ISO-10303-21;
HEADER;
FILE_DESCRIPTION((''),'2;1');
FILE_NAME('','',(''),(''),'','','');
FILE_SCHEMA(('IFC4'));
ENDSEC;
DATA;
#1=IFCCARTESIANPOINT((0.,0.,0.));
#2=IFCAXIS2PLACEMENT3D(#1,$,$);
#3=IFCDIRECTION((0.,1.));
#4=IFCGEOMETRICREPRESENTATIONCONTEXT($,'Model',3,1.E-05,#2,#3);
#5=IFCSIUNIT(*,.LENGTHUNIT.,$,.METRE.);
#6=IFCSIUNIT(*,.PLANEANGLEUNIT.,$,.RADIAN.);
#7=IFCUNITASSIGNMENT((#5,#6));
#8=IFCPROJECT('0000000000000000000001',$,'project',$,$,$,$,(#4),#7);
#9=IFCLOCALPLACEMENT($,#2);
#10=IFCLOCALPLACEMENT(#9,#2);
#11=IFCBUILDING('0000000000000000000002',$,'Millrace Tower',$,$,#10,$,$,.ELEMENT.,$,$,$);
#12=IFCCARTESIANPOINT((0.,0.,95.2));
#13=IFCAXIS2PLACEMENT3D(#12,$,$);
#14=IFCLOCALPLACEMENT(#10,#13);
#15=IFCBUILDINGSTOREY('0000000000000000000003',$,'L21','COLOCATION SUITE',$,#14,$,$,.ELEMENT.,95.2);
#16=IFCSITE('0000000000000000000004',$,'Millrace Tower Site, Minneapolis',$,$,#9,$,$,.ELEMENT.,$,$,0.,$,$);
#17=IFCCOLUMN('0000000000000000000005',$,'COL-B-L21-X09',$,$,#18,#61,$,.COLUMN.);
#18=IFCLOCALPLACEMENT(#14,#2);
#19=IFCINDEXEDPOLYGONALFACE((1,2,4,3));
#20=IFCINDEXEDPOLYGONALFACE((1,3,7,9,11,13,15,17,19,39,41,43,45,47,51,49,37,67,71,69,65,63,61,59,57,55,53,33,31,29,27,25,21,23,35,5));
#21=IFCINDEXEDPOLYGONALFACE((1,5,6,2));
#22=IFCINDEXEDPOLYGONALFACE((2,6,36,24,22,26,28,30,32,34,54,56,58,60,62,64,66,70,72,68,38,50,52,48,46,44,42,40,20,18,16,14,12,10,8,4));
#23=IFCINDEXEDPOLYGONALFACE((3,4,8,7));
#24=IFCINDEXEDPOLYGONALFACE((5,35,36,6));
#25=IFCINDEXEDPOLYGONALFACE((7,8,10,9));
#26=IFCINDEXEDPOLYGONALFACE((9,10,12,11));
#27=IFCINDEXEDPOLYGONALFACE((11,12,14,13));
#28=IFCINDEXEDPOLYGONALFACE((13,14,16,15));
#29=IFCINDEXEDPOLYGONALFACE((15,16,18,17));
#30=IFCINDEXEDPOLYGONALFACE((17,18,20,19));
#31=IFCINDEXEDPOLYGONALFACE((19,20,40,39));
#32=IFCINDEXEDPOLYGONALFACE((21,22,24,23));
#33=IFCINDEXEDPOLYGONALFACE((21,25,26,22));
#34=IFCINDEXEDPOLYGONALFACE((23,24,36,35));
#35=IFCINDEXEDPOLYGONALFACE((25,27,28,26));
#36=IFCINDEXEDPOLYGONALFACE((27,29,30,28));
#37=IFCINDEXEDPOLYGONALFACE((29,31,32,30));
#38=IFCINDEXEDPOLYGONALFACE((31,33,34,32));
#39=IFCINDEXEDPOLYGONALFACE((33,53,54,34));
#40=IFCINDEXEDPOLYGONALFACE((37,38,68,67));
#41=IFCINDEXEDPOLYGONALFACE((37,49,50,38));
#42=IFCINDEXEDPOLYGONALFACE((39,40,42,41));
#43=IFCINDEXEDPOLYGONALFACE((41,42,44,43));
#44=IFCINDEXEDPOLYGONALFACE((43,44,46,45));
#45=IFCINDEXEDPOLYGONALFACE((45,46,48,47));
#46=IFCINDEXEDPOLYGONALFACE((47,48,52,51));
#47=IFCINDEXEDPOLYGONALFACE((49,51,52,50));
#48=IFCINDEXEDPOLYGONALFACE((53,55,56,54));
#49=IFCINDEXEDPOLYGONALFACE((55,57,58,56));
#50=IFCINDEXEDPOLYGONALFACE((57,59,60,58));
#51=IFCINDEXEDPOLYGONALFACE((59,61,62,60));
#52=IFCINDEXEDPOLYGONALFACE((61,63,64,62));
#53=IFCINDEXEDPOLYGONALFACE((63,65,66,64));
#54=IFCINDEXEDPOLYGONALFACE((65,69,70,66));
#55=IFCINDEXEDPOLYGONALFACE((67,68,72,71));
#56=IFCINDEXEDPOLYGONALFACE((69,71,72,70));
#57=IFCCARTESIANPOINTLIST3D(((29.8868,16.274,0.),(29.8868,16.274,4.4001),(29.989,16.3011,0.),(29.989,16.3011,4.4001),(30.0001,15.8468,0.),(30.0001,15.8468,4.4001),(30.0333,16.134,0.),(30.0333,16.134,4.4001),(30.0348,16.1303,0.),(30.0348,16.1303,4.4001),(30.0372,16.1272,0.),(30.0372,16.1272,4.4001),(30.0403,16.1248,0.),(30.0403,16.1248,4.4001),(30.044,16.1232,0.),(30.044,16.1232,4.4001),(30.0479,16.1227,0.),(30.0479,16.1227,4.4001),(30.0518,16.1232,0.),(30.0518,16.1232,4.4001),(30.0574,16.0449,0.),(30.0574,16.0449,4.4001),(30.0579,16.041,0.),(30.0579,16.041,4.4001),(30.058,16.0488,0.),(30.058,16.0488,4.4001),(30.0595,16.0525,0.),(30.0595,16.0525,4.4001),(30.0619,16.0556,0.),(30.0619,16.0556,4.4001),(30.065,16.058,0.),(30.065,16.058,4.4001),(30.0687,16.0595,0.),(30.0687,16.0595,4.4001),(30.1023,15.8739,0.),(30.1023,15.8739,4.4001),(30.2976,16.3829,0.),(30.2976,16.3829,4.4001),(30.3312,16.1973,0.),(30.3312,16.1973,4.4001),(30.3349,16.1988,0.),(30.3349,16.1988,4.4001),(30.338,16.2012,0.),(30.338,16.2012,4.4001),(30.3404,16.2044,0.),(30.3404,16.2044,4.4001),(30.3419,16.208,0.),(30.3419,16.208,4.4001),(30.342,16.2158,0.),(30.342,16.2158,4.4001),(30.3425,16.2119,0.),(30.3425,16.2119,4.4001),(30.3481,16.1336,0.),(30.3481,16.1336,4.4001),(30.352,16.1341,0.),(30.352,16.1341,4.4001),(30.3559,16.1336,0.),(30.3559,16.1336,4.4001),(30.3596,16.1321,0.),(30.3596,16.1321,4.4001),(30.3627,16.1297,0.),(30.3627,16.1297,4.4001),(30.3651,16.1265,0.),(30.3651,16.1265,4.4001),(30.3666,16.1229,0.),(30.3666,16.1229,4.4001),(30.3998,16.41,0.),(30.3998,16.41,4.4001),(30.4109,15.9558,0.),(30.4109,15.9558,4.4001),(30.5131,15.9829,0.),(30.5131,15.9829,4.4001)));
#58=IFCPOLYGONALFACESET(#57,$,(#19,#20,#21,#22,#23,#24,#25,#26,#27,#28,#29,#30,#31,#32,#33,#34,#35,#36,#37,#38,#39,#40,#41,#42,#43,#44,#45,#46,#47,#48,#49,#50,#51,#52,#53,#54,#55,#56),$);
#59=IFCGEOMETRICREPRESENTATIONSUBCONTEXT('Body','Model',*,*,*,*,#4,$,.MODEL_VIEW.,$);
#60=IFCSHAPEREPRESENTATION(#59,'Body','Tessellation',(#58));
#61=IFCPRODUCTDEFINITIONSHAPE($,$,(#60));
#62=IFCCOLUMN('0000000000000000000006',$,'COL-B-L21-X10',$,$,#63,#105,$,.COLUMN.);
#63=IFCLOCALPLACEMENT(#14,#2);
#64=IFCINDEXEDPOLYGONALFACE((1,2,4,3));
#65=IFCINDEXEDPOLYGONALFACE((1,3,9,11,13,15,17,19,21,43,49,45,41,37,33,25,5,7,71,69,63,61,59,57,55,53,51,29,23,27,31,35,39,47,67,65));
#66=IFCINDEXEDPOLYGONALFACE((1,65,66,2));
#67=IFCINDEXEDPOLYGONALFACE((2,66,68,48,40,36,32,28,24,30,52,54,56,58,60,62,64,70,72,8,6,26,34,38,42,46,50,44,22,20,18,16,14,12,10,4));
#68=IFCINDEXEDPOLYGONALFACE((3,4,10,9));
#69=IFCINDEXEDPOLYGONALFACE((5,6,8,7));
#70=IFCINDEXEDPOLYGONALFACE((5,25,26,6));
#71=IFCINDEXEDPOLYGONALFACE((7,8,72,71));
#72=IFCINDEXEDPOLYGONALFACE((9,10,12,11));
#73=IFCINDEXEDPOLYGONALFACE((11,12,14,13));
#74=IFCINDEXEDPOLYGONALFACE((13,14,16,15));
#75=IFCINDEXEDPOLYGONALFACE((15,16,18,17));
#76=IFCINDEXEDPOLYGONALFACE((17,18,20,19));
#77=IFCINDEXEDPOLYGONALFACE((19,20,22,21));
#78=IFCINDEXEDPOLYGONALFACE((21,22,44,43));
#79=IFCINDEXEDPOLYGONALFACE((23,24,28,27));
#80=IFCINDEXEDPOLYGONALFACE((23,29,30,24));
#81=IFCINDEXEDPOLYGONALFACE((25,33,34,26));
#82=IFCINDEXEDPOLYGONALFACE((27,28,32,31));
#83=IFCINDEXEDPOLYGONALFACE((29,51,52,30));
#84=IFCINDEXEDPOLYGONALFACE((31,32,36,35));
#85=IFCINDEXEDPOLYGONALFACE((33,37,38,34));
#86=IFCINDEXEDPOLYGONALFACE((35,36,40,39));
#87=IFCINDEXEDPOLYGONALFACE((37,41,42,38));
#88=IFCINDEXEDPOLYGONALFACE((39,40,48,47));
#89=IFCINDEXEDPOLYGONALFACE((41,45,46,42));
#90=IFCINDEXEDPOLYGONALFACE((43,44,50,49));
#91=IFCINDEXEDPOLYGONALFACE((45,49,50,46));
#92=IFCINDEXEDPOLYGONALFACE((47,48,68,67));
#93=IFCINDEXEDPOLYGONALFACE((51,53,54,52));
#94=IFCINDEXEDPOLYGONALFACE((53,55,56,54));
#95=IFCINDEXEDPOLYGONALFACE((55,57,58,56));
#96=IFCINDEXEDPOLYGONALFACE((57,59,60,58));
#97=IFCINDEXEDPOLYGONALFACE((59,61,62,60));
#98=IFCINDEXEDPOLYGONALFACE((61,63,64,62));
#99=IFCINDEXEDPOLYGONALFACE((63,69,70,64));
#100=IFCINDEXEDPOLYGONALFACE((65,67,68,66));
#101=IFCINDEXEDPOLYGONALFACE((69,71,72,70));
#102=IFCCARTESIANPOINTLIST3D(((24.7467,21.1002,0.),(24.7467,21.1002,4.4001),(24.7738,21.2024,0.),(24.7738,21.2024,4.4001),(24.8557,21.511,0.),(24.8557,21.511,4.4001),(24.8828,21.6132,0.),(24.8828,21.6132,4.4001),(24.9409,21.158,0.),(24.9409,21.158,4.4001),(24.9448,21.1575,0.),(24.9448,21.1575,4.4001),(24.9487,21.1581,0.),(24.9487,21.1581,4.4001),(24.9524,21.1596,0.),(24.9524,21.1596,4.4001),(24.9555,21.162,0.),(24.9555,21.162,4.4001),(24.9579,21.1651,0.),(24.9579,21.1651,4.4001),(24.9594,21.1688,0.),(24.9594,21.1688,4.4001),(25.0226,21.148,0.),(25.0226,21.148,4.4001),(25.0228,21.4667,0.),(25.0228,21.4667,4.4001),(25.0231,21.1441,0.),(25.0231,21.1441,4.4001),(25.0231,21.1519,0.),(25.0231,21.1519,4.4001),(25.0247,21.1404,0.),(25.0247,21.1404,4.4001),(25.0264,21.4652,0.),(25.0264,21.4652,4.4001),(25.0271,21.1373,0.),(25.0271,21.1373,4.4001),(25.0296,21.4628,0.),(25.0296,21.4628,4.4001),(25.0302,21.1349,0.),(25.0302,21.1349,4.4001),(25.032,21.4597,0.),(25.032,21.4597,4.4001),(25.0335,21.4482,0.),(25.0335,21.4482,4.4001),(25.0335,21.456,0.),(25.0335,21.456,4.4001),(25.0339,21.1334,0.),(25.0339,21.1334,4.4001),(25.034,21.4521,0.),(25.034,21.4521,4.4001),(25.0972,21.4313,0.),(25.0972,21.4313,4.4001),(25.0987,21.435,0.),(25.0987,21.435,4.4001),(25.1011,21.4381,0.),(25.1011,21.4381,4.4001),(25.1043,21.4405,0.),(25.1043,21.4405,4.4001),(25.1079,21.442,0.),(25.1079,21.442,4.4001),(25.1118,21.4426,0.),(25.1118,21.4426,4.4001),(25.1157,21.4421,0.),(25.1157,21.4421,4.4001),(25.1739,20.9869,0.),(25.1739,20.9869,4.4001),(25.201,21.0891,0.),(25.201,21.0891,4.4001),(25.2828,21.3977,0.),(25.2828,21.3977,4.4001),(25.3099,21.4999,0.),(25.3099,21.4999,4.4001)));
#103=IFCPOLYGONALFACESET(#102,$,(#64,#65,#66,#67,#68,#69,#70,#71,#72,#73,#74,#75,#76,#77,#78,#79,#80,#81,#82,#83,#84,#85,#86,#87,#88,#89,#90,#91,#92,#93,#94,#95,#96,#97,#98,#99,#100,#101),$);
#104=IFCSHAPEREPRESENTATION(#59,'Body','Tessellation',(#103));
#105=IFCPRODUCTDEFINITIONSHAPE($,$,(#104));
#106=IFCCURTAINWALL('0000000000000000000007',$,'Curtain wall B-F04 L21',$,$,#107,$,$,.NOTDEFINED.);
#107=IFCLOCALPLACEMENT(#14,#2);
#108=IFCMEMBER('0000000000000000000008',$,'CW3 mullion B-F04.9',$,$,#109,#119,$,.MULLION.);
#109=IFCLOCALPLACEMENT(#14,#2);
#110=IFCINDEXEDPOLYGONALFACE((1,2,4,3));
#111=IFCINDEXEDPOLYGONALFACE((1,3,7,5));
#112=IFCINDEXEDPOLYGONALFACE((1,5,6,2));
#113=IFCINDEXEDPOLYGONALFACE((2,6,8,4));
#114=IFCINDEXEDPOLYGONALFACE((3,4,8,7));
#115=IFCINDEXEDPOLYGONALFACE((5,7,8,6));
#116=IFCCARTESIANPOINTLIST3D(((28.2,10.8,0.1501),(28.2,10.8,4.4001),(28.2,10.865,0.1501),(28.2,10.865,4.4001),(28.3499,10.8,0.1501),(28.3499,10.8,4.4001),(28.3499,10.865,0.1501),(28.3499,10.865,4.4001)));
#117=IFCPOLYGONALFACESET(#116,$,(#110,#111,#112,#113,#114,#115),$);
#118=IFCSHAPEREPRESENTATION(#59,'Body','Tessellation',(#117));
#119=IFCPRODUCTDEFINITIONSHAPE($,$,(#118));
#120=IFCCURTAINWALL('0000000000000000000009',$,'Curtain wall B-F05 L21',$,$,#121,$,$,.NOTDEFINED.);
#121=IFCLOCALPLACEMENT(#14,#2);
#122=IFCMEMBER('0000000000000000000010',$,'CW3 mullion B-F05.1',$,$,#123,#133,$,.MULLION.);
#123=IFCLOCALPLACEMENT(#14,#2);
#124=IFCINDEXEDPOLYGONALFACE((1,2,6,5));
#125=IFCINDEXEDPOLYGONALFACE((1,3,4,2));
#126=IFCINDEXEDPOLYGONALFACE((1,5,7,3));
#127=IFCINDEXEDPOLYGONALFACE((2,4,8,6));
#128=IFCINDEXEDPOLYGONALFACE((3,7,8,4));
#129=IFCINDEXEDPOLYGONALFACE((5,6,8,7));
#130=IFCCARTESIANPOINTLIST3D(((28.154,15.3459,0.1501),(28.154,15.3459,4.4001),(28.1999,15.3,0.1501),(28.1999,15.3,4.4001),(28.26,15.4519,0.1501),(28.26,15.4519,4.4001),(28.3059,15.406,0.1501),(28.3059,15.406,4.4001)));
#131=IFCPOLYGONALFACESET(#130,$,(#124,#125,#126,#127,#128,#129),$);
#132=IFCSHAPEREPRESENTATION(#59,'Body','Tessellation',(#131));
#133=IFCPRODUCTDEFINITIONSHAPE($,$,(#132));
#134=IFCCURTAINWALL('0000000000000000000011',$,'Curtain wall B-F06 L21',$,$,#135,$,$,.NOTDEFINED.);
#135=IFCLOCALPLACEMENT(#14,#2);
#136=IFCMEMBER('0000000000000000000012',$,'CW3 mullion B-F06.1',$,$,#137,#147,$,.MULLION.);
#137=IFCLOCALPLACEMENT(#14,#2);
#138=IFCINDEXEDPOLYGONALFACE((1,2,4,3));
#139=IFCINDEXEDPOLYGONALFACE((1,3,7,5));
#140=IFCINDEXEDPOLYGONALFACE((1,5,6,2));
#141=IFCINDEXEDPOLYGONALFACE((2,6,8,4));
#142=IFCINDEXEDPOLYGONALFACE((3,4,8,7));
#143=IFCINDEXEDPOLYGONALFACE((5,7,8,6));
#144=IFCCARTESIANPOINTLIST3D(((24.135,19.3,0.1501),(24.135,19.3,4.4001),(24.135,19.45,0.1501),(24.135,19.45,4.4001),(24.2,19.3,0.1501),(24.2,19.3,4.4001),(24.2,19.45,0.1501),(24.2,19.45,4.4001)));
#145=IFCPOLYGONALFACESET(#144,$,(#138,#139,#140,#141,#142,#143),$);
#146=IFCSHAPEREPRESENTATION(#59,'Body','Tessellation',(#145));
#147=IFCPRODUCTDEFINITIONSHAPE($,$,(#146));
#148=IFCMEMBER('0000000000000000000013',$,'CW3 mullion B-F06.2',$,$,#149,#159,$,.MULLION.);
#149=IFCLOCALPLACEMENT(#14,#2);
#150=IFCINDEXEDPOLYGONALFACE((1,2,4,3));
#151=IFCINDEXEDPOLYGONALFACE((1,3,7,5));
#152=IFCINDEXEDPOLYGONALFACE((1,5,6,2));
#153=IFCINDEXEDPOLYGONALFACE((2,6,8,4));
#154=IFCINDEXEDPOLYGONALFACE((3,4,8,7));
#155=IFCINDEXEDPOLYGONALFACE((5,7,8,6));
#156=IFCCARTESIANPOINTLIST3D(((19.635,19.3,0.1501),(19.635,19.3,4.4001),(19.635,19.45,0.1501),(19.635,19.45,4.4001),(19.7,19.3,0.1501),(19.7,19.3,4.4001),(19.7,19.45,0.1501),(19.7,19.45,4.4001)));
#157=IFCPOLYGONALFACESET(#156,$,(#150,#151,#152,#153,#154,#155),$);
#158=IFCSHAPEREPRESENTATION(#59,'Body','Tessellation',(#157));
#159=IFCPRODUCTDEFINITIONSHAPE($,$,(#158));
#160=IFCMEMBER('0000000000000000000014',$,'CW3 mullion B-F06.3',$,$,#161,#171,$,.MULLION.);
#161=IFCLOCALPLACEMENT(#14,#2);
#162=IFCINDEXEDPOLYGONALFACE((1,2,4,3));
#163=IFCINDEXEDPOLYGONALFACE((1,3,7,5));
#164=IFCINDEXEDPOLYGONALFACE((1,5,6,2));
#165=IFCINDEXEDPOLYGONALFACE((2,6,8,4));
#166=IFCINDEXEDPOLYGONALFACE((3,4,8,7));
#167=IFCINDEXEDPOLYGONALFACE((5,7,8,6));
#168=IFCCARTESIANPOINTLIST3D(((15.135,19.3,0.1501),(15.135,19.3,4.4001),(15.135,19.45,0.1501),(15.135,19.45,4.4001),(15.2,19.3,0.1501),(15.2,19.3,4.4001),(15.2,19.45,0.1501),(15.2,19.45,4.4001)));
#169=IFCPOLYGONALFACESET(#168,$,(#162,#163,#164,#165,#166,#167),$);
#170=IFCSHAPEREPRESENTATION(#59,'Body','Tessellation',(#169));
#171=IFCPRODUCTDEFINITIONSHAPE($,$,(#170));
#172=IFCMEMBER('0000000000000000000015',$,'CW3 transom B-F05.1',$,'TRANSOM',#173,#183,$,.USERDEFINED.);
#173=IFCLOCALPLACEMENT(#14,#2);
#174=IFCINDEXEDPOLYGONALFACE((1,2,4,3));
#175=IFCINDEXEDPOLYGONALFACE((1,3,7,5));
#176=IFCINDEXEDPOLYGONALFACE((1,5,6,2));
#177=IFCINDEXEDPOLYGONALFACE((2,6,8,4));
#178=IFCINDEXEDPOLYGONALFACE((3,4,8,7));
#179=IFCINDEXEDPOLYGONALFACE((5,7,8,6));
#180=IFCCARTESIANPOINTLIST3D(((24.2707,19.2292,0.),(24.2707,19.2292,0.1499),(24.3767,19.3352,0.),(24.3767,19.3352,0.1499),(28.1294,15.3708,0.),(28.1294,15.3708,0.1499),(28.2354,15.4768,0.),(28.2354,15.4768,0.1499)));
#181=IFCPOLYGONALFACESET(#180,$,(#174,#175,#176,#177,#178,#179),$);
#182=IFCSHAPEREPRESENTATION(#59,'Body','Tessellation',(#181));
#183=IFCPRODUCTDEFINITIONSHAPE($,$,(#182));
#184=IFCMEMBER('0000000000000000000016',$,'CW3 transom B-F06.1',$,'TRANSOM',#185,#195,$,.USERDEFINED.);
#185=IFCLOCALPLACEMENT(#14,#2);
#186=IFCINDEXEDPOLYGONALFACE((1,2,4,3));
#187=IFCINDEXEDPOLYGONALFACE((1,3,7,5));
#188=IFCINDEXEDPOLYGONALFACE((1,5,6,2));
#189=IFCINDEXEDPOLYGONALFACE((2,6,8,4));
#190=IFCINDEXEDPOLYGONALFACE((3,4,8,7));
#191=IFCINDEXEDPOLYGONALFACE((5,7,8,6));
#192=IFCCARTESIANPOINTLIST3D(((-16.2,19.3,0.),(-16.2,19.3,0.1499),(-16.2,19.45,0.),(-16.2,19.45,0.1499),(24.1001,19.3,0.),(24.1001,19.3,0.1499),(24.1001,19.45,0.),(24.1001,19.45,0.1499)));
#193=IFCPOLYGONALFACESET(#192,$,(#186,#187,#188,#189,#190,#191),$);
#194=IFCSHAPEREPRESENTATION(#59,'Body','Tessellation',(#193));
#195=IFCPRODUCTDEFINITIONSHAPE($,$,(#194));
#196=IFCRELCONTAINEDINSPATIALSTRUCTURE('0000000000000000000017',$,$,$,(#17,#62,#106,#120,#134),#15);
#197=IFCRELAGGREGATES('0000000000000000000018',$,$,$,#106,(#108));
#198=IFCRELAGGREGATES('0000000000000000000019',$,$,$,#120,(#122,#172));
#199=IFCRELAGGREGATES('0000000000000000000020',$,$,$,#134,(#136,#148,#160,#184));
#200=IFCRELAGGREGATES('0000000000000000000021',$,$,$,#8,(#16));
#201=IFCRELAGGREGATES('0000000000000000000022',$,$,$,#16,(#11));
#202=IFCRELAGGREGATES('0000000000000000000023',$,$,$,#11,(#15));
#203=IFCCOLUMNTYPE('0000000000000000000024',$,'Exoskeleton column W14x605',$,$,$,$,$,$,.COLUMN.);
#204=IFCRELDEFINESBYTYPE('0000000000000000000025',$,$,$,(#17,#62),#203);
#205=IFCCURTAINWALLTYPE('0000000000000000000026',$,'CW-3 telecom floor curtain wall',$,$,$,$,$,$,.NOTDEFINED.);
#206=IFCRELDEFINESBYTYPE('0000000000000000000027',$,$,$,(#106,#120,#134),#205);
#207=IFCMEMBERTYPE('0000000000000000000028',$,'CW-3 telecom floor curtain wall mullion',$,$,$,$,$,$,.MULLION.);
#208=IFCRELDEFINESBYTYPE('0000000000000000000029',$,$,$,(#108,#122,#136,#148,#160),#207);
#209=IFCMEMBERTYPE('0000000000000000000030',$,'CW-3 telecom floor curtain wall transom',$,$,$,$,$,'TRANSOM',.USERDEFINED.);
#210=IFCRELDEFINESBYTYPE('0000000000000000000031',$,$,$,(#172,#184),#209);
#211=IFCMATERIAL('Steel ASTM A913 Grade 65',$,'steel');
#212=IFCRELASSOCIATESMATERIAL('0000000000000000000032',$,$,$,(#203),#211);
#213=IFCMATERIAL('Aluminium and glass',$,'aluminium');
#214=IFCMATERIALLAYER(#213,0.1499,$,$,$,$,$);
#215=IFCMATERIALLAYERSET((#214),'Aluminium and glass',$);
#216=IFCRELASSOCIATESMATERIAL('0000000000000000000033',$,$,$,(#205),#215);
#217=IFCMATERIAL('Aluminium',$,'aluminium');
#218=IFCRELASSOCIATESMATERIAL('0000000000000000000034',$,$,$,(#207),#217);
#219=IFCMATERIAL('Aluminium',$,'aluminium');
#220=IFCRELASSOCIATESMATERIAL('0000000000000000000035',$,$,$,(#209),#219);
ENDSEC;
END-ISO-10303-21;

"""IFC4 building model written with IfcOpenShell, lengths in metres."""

from ifc_helpers import new_model, si_unit, direction, frame, origin, origin_2d, place, context, subcontext, project, spatial, rectangle, i_section, extrude, material, layer, layer_set, material_profile, profile_set, type_object, element, aggregate, save


model = new_model("IFC4")

# Units and contexts
model_context = context("Model", 3, precision=1e-05, world=origin(), true_north=direction((0.0, 1.0)))
body_context = subcontext(model_context, "Body", "Model", "MODEL_VIEW")
ifc_project = project(units=[si_unit("LENGTHUNIT", "METRE"), si_unit("PLANEANGLEUNIT", "RADIAN")], contexts=[model_context])

# Site, building, storey
site_placement = place(None, origin())
site = spatial("IfcSite", under=ifc_project, at=site_placement, Name="Millrace Tower Site, Minneapolis", CompositionType="ELEMENT", RefElevation=0.0)
building_placement = place(site_placement, origin())
building = spatial("IfcBuilding", under=site, at=building_placement, Name="Millrace Tower", CompositionType="ELEMENT")
storey_placement = place(building_placement, frame((0.0, 0.0, 95.2)))
storey = spatial("IfcBuildingStorey", under=building, at=storey_placement, Name="L21", Description="COLOCATION SUITE", CompositionType="ELEMENT", Elevation=95.2)

# Columns
ifc_material_1 = material(Name="Steel ASTM A913 Grade 65", Category="steel")
ifc_material_profile_1 = material_profile(ifc_material_1, i_section(OverallWidth=0.4419, OverallDepth=0.5308, WebThickness=0.0659, FlangeThickness=0.1057, FilletRadius=0.0151, at=origin_2d()))
ifc_profile_set_1 = profile_set([ifc_material_profile_1], Name="Steel ASTM A913 Grade 65")
column_type = type_object("IfcColumnType", Name="Exoskeleton column W14x605", PredefinedType="COLUMN", material=ifc_profile_set_1)
for number, where, z_axis, x_axis, name in (
    (1, (30.2, 16.1284, 0.0), (0.0, 0.0, 1.0), (-0.256347, 0.966585, 0.0), "COL-B-L21-X09"),
    (2, (25.0283, 21.3, 0.0), (0.0, 0.0, 1.0), (-0.966585, 0.256347, 0.0), "COL-B-L21-X10"),
):
    element("IfcColumn", number, at=place(storey_placement, frame(where, z_axis=z_axis, x_axis=x_axis)), inside=storey, type_object=column_type, Name=name, PredefinedType="COLUMN", context=body_context, shape_type="SweptSolid", body=[
        extrude(i_section(OverallWidth=0.4419, OverallDepth=0.5308, WebThickness=0.0659, FlangeThickness=0.1057, FilletRadius=0.0151, at=origin_2d()), origin(), (0.0, 0.0, 1.0), 4.4001),
    ])

# Curtain walls, members
ifc_material_2 = material(Name="Aluminium and glass", Category="aluminium")
ifc_layer_1 = layer(ifc_material_2, 0.1499)
ifc_layer_set_1 = layer_set([ifc_layer_1], Name="Aluminium and glass")
curtain_wall_type = type_object("IfcCurtainWallType", Name="CW-3 telecom floor curtain wall", PredefinedType="NOTDEFINED", material=ifc_layer_set_1)
placement = place(storey_placement, origin())
curtain_wall_1 = element("IfcCurtainWall", 3, at=placement, inside=storey, type_object=curtain_wall_type, Name="Curtain wall B-F04 L21", PredefinedType="NOTDEFINED")
ifc_material_3 = material(Name="Aluminium", Category="aluminium")
ifc_material_profile_2 = material_profile(ifc_material_3, rectangle(XDim=0.0649, YDim=0.1499, at=origin_2d()))
ifc_profile_set_2 = profile_set([ifc_material_profile_2], Name="Aluminium")
member_type_1 = type_object("IfcMemberType", Name="CW-3 telecom floor curtain wall mullion", PredefinedType="MULLION", material=ifc_profile_set_2)
member_1_placement = place(storey_placement, frame((28.2749, 10.8325, 0.1501), z_axis=(0.0, 0.0, 1.0), x_axis=(0.0, 1.0, 0.0)))
member_1 = element("IfcMember", 4, at=member_1_placement, type_object=member_type_1, Name="CW3 mullion B-F04.9", PredefinedType="MULLION", context=body_context, shape_type="SweptSolid", body=[
    extrude(rectangle(XDim=0.0649, YDim=0.1499, at=origin_2d()), origin(), (0.0, 0.0, 1.0), 4.25),
])
aggregate(curtain_wall_1, [member_1])
curtain_wall_2 = element("IfcCurtainWall", 5, at=placement, inside=storey, type_object=curtain_wall_type, Name="Curtain wall B-F05 L21", PredefinedType="NOTDEFINED")
member_2_placement = place(storey_placement, frame((28.23, 15.376, 0.1501), z_axis=(0.0, 0.0, 1.0), x_axis=(-0.707107, 0.707107, 0.0)))
member_2 = element("IfcMember", 6, at=member_2_placement, type_object=member_type_1, Name="CW3 mullion B-F05.1", PredefinedType="MULLION", context=body_context, shape_type="SweptSolid", body=[
    extrude(rectangle(XDim=0.0649, YDim=0.1499, at=origin_2d()), origin(), (0.0, 0.0, 1.0), 4.25),
])

# Curtain wall, members
curtain_wall_3 = element("IfcCurtainWall", 7, at=placement, inside=storey, type_object=curtain_wall_type, Name="Curtain wall B-F06 L21", PredefinedType="NOTDEFINED")
member_3_placement = place(storey_placement, frame((24.1675, 19.375, 0.1501), z_axis=(0.0, 0.0, 1.0), x_axis=(-1.0, 0.0, 0.0)))
member_3 = element("IfcMember", 8, at=member_3_placement, type_object=member_type_1, Name="CW3 mullion B-F06.1", PredefinedType="MULLION", context=body_context, shape_type="SweptSolid", body=[
    extrude(rectangle(XDim=0.0649, YDim=0.1499, at=origin_2d()), origin(), (0.0, 0.0, 1.0), 4.25),
])
member_4_placement = place(storey_placement, frame((19.6675, 19.375, 0.1501), z_axis=(0.0, 0.0, 1.0), x_axis=(-1.0, 0.0, 0.0)))
member_4 = element("IfcMember", 9, at=member_4_placement, type_object=member_type_1, Name="CW3 mullion B-F06.2", PredefinedType="MULLION", context=body_context, shape_type="SweptSolid", body=[
    extrude(rectangle(XDim=0.0649, YDim=0.1499, at=origin_2d()), origin(), (0.0, 0.0, 1.0), 4.25),
])
member_5_placement = place(storey_placement, frame((15.1675, 19.375, 0.1501), z_axis=(0.0, 0.0, 1.0), x_axis=(-1.0, 0.0, 0.0)))
member_5 = element("IfcMember", 10, at=member_5_placement, type_object=member_type_1, Name="CW3 mullion B-F06.3", PredefinedType="MULLION", context=body_context, shape_type="SweptSolid", body=[
    extrude(rectangle(XDim=0.0649, YDim=0.1499, at=origin_2d()), origin(), (0.0, 0.0, 1.0), 4.25),
])

# Members
ifc_material_4 = material(Name="Aluminium", Category="aluminium")
ifc_material_profile_3 = material_profile(ifc_material_4, rectangle(XDim=0.1499, YDim=0.1499, at=origin_2d()))
ifc_profile_set_3 = profile_set([ifc_material_profile_3], Name="Aluminium")
member_type_2 = type_object("IfcMemberType", Name="CW-3 telecom floor curtain wall transom", ElementType="TRANSOM", PredefinedType="USERDEFINED", material=ifc_profile_set_3)
member_6_placement = place(storey_placement, frame((28.1824, 15.4238, 0.075), z_axis=(-0.707129, 0.707084, 0.0), x_axis=(-0.707084, -0.707129, 0.0)))
member_6 = element("IfcMember", 11, at=member_6_placement, type_object=member_type_2, Name="CW3 transom B-F05.1", ObjectType="TRANSOM", PredefinedType="USERDEFINED", context=body_context, shape_type="SweptSolid", body=[
    extrude(rectangle(XDim=0.1499, YDim=0.1499, at=origin_2d()), origin(), (0.0, 0.0, 1.0), 5.4568),
])
aggregate(curtain_wall_2, [member_2, member_6])
member_7_placement = place(storey_placement, frame((24.1001, 19.375, 0.075), z_axis=(-1.0, 0.0, 0.0), x_axis=(0.0, -1.0, 0.0)))
member_7 = element("IfcMember", 12, at=member_7_placement, type_object=member_type_2, Name="CW3 transom B-F06.1", ObjectType="TRANSOM", PredefinedType="USERDEFINED", context=body_context, shape_type="SweptSolid", body=[
    extrude(rectangle(XDim=0.1499, YDim=0.1499, at=origin_2d()), origin(), (0.0, 0.0, 1.0), 40.3),
])
aggregate(curtain_wall_3, [member_3, member_4, member_5, member_7])

save(model, "model.ifc")
